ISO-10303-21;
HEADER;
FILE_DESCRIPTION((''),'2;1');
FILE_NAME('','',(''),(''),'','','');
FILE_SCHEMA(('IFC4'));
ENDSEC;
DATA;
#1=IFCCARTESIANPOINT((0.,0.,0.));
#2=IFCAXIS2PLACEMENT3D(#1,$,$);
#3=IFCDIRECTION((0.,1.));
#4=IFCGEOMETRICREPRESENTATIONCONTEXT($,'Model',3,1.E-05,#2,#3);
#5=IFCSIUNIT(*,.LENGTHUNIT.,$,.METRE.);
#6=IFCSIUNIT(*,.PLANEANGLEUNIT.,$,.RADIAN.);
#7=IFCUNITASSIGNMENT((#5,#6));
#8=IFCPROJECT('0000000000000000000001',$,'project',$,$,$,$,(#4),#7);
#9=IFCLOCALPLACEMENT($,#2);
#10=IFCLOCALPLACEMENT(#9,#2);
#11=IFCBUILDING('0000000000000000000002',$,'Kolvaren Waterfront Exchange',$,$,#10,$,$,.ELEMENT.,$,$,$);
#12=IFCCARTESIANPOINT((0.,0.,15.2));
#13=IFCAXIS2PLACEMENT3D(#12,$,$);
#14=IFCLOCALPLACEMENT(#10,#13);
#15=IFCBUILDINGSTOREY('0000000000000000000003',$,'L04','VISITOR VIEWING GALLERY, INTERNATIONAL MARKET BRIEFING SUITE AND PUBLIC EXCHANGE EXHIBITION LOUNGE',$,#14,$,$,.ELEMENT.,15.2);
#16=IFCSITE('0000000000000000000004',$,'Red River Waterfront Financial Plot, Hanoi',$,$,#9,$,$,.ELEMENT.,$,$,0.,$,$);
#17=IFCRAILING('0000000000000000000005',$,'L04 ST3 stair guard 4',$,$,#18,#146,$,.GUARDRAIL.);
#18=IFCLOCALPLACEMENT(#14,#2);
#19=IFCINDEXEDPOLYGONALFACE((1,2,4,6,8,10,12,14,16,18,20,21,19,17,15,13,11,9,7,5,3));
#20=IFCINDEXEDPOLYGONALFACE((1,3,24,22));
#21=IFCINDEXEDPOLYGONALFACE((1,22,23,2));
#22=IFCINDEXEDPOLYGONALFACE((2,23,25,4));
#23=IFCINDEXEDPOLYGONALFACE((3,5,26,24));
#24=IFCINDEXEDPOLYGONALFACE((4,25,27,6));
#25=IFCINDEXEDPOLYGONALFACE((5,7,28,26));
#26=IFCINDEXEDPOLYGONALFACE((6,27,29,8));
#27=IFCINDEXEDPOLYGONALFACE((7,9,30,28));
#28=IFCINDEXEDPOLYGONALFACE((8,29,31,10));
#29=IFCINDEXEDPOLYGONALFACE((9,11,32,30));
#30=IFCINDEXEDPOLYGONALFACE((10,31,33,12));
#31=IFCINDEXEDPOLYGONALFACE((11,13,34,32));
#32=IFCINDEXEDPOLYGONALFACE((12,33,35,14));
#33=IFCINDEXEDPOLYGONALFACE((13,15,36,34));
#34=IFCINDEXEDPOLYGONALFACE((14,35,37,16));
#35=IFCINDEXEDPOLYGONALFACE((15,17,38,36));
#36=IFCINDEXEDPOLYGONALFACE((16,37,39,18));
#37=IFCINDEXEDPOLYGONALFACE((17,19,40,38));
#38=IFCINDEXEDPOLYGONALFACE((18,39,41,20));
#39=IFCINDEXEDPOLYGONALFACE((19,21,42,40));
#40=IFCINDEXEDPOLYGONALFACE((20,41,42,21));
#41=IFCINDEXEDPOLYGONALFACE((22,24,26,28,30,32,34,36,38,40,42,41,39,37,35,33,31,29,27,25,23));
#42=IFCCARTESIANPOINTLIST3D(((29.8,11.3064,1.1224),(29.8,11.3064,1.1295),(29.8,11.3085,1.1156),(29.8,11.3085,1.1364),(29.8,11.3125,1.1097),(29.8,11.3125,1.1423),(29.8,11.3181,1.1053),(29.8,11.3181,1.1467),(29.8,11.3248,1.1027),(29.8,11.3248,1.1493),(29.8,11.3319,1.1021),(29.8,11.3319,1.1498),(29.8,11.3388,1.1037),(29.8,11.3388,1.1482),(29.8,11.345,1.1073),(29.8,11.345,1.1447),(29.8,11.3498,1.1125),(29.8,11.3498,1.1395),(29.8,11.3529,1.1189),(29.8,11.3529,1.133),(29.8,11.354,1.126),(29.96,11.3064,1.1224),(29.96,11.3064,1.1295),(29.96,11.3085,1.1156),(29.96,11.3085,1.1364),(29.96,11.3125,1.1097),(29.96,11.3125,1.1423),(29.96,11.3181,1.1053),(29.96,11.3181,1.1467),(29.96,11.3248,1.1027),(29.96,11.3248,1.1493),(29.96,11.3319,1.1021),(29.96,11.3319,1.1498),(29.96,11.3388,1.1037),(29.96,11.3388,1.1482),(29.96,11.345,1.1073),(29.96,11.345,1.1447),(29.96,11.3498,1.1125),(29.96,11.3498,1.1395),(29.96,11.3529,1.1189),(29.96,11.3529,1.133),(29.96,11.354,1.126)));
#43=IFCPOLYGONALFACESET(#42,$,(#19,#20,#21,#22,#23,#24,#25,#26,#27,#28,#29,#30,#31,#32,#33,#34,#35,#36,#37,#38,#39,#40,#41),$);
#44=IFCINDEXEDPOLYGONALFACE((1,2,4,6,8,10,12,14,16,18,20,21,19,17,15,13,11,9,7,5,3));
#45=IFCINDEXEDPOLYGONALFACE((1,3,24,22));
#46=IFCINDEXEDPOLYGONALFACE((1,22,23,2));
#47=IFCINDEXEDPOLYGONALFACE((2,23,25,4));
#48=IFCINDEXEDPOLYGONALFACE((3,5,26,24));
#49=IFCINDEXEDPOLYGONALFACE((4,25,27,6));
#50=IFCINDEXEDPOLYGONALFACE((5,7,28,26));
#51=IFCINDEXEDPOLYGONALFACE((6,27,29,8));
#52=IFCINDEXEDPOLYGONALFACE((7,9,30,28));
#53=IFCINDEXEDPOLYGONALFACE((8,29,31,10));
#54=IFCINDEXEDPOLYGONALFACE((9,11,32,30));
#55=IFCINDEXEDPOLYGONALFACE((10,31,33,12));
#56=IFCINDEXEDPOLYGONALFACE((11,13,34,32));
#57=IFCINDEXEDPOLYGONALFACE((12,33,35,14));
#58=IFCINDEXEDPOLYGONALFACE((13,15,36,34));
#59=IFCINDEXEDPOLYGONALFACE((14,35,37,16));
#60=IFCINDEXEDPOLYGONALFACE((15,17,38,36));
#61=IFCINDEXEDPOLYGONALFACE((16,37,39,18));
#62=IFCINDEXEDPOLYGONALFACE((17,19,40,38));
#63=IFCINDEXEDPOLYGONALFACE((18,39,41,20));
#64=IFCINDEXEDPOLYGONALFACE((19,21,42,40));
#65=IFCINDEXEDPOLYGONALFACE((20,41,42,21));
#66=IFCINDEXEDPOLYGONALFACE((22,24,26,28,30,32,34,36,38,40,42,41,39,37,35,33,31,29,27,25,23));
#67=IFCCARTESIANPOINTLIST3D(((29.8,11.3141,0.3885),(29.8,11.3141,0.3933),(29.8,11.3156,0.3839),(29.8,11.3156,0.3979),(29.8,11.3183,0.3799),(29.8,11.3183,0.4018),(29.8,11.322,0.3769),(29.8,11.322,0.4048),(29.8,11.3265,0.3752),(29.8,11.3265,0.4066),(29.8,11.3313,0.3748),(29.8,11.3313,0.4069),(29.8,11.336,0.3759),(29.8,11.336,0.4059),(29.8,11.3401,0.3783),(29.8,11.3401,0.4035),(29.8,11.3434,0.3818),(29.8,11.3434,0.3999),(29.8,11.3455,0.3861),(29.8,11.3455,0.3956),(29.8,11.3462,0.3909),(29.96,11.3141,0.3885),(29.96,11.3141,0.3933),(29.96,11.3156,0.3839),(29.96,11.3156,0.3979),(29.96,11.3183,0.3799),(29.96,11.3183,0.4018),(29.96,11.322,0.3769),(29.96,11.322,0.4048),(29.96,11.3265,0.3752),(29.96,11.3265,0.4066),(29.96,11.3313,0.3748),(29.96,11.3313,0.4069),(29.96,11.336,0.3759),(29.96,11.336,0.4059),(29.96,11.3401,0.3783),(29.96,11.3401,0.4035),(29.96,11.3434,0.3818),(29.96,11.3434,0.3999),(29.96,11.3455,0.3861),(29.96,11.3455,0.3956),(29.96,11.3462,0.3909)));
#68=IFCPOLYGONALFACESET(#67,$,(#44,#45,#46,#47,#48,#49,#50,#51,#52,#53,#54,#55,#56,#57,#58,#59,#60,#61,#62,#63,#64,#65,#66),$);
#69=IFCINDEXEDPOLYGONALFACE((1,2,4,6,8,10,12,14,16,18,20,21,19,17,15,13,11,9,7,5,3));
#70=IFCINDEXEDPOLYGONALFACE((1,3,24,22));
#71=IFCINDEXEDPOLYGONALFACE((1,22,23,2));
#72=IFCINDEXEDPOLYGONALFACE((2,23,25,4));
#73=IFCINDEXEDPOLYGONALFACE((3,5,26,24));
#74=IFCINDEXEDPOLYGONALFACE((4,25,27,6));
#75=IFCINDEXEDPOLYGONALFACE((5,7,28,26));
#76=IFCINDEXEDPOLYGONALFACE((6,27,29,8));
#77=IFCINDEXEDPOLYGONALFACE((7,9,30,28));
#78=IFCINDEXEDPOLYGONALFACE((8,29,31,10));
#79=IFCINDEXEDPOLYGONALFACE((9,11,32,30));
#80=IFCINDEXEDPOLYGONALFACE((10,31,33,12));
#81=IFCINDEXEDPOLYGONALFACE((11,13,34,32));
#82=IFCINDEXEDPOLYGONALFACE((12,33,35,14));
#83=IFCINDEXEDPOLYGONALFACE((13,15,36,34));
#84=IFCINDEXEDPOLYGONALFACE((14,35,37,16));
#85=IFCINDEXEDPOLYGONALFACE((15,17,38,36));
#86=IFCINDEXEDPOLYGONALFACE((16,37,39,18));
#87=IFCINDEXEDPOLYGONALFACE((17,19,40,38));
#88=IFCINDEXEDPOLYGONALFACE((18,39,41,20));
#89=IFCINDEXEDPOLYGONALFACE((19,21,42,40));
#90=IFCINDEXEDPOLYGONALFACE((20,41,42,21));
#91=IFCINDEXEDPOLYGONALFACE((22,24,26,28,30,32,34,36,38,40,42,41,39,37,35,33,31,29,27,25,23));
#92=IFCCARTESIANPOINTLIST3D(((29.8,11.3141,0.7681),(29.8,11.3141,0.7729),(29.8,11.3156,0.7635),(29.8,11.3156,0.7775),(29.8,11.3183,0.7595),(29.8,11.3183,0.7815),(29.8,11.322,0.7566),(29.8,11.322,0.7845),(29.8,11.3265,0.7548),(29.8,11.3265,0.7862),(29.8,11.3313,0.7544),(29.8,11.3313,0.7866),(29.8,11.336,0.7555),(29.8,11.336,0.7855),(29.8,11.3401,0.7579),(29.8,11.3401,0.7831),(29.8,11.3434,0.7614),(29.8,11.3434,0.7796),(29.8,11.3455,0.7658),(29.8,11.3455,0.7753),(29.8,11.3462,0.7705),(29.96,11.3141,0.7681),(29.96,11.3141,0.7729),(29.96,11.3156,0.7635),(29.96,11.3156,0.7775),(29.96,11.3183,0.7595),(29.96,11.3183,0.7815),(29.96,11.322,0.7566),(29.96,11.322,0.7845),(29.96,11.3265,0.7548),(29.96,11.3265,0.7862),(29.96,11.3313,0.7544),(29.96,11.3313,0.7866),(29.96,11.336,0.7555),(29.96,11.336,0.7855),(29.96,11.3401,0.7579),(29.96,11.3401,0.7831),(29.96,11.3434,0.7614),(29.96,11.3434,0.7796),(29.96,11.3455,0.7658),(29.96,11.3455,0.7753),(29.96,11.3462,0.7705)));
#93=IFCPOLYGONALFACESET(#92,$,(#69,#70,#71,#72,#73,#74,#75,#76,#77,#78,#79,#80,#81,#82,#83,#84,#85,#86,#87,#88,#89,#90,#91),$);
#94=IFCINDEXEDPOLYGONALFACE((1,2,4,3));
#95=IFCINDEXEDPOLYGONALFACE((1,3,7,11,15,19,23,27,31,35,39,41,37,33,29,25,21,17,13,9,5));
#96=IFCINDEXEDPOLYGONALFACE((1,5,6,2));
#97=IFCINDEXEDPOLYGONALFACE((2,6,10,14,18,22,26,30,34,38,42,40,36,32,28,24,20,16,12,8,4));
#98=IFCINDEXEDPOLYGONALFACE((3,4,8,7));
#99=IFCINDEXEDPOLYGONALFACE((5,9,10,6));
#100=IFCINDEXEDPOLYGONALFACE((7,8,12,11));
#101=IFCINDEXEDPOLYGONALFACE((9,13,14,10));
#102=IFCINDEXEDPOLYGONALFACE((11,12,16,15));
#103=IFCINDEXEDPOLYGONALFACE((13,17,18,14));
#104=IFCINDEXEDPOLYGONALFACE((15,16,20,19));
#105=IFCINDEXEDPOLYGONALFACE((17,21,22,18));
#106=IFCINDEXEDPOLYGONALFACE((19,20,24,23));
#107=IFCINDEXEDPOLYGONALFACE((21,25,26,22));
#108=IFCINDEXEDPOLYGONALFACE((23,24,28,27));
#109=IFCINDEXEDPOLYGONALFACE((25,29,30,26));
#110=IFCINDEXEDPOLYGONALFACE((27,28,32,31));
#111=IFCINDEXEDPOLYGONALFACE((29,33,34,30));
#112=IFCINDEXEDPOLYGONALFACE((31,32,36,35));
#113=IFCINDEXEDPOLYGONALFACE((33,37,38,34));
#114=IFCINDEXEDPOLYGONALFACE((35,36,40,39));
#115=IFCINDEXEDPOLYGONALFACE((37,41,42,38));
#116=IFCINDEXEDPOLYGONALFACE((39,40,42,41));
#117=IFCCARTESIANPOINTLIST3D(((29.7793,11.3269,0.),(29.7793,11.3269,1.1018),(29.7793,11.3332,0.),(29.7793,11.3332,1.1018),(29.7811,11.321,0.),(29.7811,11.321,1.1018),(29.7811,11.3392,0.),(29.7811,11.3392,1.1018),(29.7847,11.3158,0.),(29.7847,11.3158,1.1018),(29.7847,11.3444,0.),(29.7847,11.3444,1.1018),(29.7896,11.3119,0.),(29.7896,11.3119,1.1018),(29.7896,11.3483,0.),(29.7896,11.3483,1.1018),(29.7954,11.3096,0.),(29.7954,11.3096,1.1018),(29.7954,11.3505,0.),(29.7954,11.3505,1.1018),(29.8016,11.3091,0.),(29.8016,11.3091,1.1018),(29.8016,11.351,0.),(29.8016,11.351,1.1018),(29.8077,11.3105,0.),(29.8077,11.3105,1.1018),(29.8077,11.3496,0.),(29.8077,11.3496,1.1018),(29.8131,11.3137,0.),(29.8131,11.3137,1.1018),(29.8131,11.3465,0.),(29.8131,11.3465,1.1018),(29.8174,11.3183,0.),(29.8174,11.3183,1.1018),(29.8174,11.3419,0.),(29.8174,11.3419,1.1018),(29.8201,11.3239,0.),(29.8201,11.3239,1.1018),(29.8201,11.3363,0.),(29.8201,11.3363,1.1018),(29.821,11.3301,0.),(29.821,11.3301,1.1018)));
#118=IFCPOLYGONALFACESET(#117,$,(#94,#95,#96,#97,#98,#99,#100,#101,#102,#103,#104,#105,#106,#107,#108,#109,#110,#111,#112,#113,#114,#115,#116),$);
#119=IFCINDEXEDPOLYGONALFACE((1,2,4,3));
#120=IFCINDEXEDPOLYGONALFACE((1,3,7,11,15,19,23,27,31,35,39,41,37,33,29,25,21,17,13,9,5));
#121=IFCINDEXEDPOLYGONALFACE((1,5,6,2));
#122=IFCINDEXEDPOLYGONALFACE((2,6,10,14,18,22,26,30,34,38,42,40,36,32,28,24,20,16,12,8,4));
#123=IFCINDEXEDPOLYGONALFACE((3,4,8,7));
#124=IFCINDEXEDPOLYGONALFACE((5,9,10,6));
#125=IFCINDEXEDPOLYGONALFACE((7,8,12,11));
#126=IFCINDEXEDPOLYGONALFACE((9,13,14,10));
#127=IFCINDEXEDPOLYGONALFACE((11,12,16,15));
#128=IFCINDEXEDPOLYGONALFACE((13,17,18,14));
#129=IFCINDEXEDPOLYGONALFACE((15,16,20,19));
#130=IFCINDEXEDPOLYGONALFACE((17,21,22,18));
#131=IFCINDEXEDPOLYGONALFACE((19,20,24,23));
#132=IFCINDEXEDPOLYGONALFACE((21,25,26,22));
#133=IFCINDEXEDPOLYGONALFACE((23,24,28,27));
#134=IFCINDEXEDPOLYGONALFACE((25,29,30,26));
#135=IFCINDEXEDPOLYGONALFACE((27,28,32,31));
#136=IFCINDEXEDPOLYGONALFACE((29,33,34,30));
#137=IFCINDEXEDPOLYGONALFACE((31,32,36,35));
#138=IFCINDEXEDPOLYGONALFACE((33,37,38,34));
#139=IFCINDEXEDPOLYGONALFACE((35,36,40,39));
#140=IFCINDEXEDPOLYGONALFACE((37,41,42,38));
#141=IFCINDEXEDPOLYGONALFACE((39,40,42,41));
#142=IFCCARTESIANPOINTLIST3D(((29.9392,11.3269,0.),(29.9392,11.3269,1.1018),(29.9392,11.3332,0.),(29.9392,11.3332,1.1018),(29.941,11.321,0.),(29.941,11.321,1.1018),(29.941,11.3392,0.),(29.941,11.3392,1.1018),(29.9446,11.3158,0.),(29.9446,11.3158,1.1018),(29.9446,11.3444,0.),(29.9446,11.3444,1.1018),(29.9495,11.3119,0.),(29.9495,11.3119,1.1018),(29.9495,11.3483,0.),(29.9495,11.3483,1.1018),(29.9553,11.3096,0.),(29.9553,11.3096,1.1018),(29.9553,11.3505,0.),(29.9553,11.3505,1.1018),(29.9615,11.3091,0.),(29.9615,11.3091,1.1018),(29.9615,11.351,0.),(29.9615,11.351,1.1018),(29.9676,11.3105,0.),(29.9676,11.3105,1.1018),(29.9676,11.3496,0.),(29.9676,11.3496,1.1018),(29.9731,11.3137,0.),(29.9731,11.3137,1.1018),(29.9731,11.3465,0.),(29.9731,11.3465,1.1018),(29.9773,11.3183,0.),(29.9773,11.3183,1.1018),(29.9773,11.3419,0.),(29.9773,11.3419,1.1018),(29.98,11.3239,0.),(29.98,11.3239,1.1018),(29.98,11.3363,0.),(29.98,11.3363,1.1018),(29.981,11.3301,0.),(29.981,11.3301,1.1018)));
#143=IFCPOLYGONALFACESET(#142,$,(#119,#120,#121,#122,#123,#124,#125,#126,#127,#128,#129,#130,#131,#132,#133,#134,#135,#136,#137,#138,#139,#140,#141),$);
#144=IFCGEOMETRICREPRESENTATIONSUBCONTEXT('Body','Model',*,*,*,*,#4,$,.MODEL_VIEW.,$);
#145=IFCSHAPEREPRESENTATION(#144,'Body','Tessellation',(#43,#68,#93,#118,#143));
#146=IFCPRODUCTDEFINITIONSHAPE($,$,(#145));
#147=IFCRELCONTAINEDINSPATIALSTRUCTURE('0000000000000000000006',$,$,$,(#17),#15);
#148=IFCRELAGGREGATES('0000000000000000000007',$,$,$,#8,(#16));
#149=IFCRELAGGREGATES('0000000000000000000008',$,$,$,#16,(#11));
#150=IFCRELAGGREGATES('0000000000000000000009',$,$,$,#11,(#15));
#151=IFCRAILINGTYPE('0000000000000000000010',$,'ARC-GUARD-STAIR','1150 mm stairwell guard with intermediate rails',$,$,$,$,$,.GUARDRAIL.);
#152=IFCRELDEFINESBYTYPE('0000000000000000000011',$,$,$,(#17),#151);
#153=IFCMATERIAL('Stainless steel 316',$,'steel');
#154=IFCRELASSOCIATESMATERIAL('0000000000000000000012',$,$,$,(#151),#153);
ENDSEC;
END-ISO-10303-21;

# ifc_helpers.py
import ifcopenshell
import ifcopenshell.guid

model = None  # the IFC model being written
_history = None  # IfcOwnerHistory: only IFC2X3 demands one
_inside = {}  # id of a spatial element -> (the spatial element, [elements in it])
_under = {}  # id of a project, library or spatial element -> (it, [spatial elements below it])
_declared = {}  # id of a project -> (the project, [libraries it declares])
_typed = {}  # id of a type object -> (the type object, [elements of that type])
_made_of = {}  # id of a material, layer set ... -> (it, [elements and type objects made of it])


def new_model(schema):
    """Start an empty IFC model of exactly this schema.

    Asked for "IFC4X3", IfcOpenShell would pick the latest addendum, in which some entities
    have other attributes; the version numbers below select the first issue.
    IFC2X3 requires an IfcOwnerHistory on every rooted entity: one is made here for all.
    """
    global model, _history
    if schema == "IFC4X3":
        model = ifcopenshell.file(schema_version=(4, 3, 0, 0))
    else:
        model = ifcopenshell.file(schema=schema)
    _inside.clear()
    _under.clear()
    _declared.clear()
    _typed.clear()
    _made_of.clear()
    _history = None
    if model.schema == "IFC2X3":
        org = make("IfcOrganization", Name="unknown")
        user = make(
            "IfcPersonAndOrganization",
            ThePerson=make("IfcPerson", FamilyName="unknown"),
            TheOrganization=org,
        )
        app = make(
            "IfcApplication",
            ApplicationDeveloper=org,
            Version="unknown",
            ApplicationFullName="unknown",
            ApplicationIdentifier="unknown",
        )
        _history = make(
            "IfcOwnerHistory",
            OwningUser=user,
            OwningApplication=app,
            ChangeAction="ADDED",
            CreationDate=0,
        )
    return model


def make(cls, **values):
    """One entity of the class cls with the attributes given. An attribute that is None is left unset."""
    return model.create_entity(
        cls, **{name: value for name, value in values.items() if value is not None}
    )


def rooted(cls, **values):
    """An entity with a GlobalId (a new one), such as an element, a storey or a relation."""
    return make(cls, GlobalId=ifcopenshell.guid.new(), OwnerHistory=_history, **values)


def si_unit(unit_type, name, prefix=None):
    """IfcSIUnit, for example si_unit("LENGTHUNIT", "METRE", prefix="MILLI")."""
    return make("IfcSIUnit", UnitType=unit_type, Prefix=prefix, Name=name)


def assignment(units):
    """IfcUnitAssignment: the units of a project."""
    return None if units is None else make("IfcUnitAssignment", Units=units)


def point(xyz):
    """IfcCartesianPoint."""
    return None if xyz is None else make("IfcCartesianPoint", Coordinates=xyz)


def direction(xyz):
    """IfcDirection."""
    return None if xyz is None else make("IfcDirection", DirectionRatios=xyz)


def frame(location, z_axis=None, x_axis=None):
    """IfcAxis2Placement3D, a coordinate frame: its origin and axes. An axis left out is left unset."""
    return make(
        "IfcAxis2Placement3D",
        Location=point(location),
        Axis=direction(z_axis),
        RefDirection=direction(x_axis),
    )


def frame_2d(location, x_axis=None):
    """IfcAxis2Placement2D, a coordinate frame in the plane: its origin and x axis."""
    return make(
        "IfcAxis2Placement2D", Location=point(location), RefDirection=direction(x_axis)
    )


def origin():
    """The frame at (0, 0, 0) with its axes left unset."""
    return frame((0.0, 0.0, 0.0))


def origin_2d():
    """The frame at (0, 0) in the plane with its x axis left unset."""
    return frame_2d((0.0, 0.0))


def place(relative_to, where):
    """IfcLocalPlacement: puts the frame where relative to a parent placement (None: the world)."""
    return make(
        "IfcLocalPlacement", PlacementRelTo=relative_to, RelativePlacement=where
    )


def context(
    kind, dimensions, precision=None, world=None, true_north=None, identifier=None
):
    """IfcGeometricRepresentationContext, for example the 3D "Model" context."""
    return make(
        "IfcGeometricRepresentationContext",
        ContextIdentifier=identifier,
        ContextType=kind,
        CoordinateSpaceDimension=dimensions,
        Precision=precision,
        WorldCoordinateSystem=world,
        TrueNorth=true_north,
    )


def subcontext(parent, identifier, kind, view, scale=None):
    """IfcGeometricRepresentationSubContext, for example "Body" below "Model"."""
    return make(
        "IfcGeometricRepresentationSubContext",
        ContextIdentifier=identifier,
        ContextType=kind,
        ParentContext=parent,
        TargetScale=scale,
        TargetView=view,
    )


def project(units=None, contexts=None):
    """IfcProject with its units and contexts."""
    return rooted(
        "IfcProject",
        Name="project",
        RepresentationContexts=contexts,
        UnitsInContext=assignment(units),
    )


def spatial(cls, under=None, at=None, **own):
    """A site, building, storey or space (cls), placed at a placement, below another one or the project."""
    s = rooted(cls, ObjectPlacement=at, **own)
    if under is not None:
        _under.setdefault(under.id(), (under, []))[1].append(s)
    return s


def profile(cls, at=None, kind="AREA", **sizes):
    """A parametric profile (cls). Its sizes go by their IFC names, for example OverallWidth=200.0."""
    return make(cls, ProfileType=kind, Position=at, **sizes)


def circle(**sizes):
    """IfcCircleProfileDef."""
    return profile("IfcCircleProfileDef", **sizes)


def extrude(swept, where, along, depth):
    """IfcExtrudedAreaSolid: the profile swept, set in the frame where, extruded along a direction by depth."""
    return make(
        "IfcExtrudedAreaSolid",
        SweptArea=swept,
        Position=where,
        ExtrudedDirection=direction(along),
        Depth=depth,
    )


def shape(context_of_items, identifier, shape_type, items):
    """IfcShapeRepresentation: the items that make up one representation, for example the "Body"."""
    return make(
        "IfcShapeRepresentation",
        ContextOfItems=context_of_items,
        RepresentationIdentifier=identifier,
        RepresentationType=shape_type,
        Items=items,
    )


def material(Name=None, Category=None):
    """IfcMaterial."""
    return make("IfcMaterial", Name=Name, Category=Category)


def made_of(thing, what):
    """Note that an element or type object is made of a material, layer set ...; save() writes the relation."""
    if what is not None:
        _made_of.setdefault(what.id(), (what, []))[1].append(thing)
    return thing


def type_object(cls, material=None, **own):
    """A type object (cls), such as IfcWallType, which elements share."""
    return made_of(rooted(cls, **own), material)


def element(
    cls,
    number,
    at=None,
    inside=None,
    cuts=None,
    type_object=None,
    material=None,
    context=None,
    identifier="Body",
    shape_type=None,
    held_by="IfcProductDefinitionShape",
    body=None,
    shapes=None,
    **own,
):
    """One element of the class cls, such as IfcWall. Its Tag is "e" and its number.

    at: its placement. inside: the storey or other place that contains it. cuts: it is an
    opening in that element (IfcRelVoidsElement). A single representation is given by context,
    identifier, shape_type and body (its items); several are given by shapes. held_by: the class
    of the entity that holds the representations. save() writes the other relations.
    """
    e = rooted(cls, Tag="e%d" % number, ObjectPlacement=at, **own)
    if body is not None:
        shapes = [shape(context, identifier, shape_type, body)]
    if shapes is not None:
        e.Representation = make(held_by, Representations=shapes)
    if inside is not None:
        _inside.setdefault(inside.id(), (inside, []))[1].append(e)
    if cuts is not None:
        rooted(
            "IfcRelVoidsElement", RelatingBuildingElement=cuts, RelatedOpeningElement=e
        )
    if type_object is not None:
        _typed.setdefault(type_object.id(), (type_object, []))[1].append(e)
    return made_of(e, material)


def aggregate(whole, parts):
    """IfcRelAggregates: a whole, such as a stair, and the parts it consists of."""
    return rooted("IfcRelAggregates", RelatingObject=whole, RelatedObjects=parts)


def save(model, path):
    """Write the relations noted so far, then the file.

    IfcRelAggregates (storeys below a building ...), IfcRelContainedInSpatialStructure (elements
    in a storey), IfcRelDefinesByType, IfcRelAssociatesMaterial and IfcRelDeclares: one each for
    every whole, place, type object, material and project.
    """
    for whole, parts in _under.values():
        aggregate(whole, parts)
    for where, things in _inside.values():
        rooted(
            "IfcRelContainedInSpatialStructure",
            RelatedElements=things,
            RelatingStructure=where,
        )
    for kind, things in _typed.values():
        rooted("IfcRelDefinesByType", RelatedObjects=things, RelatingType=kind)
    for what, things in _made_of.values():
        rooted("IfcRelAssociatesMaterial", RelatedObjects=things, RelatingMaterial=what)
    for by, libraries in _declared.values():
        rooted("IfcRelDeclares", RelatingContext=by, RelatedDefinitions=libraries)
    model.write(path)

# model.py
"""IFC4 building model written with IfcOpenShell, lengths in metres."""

from ifc_helpers import new_model, si_unit, direction, frame, origin, origin_2d, place, context, subcontext, project, spatial, circle, extrude, material, type_object, element, save


model = new_model("IFC4")

# Units and contexts
model_context = context("Model", 3, precision=1e-05, world=origin(), true_north=direction((0.0, 1.0)))
body_context = subcontext(model_context, "Body", "Model", "MODEL_VIEW")
ifc_project = project(units=[si_unit("LENGTHUNIT", "METRE"), si_unit("PLANEANGLEUNIT", "RADIAN")], contexts=[model_context])

# Site, building, storey
site_placement = place(None, origin())
site = spatial("IfcSite", under=ifc_project, at=site_placement, Name="Red River Waterfront Financial Plot, Hanoi", CompositionType="ELEMENT", RefElevation=0.0)
building_placement = place(site_placement, origin())
building = spatial("IfcBuilding", under=site, at=building_placement, Name="Kolvaren Waterfront Exchange", CompositionType="ELEMENT")
storey_placement = place(building_placement, frame((0.0, 0.0, 15.2)))
storey = spatial("IfcBuildingStorey", under=building, at=storey_placement, Name="L04", Description="VISITOR VIEWING GALLERY, INTERNATIONAL MARKET BRIEFING SUITE AND PUBLIC EXCHANGE EXHIBITION LOUNGE", CompositionType="ELEMENT", Elevation=15.2)

# Railing
ifc_material_1 = material(Name="Stainless steel 316", Category="steel")
railing_type_1 = type_object("IfcRailingType", Name="ARC-GUARD-STAIR", Description="1150 mm stairwell guard with intermediate rails", PredefinedType="GUARDRAIL", material=ifc_material_1)
railing_1_placement = place(storey_placement, frame((29.8, 11.3301, 0.0)))
element("IfcRailing", 1, at=railing_1_placement, inside=storey, type_object=railing_type_1, Name="L04 ST3 stair guard 4", PredefinedType="GUARDRAIL", context=body_context, shape_type="SweptSolid", body=[
    extrude(circle(Radius=0.0239, at=origin_2d()), frame((0.0, 0.0, 1.126), z_axis=(1.0, 0.0, 0.0), x_axis=(0.0, 1.0, 0.0)), (0.0, 0.0, 1.0), 0.1599),
    extrude(circle(Radius=0.0161, at=origin_2d()), frame((0.0, 0.0, 0.3909), z_axis=(1.0, 0.0, 0.0), x_axis=(0.0, 1.0, 0.0)), (0.0, 0.0, 1.0), 0.1599),
    extrude(circle(Radius=0.0161, at=origin_2d()), frame((0.0, 0.0, 0.7705), z_axis=(1.0, 0.0, 0.0), x_axis=(0.0, 1.0, 0.0)), (0.0, 0.0, 1.0), 0.1599),
    extrude(circle(Radius=0.021, at=origin_2d()), origin(), (0.0, 0.0, 1.0), 1.1018),
    extrude(circle(Radius=0.021, at=origin_2d()), frame((0.1599, 0.0, 0.0)), (0.0, 0.0, 1.0), 1.1018),
])

save(model, "model.ifc")
